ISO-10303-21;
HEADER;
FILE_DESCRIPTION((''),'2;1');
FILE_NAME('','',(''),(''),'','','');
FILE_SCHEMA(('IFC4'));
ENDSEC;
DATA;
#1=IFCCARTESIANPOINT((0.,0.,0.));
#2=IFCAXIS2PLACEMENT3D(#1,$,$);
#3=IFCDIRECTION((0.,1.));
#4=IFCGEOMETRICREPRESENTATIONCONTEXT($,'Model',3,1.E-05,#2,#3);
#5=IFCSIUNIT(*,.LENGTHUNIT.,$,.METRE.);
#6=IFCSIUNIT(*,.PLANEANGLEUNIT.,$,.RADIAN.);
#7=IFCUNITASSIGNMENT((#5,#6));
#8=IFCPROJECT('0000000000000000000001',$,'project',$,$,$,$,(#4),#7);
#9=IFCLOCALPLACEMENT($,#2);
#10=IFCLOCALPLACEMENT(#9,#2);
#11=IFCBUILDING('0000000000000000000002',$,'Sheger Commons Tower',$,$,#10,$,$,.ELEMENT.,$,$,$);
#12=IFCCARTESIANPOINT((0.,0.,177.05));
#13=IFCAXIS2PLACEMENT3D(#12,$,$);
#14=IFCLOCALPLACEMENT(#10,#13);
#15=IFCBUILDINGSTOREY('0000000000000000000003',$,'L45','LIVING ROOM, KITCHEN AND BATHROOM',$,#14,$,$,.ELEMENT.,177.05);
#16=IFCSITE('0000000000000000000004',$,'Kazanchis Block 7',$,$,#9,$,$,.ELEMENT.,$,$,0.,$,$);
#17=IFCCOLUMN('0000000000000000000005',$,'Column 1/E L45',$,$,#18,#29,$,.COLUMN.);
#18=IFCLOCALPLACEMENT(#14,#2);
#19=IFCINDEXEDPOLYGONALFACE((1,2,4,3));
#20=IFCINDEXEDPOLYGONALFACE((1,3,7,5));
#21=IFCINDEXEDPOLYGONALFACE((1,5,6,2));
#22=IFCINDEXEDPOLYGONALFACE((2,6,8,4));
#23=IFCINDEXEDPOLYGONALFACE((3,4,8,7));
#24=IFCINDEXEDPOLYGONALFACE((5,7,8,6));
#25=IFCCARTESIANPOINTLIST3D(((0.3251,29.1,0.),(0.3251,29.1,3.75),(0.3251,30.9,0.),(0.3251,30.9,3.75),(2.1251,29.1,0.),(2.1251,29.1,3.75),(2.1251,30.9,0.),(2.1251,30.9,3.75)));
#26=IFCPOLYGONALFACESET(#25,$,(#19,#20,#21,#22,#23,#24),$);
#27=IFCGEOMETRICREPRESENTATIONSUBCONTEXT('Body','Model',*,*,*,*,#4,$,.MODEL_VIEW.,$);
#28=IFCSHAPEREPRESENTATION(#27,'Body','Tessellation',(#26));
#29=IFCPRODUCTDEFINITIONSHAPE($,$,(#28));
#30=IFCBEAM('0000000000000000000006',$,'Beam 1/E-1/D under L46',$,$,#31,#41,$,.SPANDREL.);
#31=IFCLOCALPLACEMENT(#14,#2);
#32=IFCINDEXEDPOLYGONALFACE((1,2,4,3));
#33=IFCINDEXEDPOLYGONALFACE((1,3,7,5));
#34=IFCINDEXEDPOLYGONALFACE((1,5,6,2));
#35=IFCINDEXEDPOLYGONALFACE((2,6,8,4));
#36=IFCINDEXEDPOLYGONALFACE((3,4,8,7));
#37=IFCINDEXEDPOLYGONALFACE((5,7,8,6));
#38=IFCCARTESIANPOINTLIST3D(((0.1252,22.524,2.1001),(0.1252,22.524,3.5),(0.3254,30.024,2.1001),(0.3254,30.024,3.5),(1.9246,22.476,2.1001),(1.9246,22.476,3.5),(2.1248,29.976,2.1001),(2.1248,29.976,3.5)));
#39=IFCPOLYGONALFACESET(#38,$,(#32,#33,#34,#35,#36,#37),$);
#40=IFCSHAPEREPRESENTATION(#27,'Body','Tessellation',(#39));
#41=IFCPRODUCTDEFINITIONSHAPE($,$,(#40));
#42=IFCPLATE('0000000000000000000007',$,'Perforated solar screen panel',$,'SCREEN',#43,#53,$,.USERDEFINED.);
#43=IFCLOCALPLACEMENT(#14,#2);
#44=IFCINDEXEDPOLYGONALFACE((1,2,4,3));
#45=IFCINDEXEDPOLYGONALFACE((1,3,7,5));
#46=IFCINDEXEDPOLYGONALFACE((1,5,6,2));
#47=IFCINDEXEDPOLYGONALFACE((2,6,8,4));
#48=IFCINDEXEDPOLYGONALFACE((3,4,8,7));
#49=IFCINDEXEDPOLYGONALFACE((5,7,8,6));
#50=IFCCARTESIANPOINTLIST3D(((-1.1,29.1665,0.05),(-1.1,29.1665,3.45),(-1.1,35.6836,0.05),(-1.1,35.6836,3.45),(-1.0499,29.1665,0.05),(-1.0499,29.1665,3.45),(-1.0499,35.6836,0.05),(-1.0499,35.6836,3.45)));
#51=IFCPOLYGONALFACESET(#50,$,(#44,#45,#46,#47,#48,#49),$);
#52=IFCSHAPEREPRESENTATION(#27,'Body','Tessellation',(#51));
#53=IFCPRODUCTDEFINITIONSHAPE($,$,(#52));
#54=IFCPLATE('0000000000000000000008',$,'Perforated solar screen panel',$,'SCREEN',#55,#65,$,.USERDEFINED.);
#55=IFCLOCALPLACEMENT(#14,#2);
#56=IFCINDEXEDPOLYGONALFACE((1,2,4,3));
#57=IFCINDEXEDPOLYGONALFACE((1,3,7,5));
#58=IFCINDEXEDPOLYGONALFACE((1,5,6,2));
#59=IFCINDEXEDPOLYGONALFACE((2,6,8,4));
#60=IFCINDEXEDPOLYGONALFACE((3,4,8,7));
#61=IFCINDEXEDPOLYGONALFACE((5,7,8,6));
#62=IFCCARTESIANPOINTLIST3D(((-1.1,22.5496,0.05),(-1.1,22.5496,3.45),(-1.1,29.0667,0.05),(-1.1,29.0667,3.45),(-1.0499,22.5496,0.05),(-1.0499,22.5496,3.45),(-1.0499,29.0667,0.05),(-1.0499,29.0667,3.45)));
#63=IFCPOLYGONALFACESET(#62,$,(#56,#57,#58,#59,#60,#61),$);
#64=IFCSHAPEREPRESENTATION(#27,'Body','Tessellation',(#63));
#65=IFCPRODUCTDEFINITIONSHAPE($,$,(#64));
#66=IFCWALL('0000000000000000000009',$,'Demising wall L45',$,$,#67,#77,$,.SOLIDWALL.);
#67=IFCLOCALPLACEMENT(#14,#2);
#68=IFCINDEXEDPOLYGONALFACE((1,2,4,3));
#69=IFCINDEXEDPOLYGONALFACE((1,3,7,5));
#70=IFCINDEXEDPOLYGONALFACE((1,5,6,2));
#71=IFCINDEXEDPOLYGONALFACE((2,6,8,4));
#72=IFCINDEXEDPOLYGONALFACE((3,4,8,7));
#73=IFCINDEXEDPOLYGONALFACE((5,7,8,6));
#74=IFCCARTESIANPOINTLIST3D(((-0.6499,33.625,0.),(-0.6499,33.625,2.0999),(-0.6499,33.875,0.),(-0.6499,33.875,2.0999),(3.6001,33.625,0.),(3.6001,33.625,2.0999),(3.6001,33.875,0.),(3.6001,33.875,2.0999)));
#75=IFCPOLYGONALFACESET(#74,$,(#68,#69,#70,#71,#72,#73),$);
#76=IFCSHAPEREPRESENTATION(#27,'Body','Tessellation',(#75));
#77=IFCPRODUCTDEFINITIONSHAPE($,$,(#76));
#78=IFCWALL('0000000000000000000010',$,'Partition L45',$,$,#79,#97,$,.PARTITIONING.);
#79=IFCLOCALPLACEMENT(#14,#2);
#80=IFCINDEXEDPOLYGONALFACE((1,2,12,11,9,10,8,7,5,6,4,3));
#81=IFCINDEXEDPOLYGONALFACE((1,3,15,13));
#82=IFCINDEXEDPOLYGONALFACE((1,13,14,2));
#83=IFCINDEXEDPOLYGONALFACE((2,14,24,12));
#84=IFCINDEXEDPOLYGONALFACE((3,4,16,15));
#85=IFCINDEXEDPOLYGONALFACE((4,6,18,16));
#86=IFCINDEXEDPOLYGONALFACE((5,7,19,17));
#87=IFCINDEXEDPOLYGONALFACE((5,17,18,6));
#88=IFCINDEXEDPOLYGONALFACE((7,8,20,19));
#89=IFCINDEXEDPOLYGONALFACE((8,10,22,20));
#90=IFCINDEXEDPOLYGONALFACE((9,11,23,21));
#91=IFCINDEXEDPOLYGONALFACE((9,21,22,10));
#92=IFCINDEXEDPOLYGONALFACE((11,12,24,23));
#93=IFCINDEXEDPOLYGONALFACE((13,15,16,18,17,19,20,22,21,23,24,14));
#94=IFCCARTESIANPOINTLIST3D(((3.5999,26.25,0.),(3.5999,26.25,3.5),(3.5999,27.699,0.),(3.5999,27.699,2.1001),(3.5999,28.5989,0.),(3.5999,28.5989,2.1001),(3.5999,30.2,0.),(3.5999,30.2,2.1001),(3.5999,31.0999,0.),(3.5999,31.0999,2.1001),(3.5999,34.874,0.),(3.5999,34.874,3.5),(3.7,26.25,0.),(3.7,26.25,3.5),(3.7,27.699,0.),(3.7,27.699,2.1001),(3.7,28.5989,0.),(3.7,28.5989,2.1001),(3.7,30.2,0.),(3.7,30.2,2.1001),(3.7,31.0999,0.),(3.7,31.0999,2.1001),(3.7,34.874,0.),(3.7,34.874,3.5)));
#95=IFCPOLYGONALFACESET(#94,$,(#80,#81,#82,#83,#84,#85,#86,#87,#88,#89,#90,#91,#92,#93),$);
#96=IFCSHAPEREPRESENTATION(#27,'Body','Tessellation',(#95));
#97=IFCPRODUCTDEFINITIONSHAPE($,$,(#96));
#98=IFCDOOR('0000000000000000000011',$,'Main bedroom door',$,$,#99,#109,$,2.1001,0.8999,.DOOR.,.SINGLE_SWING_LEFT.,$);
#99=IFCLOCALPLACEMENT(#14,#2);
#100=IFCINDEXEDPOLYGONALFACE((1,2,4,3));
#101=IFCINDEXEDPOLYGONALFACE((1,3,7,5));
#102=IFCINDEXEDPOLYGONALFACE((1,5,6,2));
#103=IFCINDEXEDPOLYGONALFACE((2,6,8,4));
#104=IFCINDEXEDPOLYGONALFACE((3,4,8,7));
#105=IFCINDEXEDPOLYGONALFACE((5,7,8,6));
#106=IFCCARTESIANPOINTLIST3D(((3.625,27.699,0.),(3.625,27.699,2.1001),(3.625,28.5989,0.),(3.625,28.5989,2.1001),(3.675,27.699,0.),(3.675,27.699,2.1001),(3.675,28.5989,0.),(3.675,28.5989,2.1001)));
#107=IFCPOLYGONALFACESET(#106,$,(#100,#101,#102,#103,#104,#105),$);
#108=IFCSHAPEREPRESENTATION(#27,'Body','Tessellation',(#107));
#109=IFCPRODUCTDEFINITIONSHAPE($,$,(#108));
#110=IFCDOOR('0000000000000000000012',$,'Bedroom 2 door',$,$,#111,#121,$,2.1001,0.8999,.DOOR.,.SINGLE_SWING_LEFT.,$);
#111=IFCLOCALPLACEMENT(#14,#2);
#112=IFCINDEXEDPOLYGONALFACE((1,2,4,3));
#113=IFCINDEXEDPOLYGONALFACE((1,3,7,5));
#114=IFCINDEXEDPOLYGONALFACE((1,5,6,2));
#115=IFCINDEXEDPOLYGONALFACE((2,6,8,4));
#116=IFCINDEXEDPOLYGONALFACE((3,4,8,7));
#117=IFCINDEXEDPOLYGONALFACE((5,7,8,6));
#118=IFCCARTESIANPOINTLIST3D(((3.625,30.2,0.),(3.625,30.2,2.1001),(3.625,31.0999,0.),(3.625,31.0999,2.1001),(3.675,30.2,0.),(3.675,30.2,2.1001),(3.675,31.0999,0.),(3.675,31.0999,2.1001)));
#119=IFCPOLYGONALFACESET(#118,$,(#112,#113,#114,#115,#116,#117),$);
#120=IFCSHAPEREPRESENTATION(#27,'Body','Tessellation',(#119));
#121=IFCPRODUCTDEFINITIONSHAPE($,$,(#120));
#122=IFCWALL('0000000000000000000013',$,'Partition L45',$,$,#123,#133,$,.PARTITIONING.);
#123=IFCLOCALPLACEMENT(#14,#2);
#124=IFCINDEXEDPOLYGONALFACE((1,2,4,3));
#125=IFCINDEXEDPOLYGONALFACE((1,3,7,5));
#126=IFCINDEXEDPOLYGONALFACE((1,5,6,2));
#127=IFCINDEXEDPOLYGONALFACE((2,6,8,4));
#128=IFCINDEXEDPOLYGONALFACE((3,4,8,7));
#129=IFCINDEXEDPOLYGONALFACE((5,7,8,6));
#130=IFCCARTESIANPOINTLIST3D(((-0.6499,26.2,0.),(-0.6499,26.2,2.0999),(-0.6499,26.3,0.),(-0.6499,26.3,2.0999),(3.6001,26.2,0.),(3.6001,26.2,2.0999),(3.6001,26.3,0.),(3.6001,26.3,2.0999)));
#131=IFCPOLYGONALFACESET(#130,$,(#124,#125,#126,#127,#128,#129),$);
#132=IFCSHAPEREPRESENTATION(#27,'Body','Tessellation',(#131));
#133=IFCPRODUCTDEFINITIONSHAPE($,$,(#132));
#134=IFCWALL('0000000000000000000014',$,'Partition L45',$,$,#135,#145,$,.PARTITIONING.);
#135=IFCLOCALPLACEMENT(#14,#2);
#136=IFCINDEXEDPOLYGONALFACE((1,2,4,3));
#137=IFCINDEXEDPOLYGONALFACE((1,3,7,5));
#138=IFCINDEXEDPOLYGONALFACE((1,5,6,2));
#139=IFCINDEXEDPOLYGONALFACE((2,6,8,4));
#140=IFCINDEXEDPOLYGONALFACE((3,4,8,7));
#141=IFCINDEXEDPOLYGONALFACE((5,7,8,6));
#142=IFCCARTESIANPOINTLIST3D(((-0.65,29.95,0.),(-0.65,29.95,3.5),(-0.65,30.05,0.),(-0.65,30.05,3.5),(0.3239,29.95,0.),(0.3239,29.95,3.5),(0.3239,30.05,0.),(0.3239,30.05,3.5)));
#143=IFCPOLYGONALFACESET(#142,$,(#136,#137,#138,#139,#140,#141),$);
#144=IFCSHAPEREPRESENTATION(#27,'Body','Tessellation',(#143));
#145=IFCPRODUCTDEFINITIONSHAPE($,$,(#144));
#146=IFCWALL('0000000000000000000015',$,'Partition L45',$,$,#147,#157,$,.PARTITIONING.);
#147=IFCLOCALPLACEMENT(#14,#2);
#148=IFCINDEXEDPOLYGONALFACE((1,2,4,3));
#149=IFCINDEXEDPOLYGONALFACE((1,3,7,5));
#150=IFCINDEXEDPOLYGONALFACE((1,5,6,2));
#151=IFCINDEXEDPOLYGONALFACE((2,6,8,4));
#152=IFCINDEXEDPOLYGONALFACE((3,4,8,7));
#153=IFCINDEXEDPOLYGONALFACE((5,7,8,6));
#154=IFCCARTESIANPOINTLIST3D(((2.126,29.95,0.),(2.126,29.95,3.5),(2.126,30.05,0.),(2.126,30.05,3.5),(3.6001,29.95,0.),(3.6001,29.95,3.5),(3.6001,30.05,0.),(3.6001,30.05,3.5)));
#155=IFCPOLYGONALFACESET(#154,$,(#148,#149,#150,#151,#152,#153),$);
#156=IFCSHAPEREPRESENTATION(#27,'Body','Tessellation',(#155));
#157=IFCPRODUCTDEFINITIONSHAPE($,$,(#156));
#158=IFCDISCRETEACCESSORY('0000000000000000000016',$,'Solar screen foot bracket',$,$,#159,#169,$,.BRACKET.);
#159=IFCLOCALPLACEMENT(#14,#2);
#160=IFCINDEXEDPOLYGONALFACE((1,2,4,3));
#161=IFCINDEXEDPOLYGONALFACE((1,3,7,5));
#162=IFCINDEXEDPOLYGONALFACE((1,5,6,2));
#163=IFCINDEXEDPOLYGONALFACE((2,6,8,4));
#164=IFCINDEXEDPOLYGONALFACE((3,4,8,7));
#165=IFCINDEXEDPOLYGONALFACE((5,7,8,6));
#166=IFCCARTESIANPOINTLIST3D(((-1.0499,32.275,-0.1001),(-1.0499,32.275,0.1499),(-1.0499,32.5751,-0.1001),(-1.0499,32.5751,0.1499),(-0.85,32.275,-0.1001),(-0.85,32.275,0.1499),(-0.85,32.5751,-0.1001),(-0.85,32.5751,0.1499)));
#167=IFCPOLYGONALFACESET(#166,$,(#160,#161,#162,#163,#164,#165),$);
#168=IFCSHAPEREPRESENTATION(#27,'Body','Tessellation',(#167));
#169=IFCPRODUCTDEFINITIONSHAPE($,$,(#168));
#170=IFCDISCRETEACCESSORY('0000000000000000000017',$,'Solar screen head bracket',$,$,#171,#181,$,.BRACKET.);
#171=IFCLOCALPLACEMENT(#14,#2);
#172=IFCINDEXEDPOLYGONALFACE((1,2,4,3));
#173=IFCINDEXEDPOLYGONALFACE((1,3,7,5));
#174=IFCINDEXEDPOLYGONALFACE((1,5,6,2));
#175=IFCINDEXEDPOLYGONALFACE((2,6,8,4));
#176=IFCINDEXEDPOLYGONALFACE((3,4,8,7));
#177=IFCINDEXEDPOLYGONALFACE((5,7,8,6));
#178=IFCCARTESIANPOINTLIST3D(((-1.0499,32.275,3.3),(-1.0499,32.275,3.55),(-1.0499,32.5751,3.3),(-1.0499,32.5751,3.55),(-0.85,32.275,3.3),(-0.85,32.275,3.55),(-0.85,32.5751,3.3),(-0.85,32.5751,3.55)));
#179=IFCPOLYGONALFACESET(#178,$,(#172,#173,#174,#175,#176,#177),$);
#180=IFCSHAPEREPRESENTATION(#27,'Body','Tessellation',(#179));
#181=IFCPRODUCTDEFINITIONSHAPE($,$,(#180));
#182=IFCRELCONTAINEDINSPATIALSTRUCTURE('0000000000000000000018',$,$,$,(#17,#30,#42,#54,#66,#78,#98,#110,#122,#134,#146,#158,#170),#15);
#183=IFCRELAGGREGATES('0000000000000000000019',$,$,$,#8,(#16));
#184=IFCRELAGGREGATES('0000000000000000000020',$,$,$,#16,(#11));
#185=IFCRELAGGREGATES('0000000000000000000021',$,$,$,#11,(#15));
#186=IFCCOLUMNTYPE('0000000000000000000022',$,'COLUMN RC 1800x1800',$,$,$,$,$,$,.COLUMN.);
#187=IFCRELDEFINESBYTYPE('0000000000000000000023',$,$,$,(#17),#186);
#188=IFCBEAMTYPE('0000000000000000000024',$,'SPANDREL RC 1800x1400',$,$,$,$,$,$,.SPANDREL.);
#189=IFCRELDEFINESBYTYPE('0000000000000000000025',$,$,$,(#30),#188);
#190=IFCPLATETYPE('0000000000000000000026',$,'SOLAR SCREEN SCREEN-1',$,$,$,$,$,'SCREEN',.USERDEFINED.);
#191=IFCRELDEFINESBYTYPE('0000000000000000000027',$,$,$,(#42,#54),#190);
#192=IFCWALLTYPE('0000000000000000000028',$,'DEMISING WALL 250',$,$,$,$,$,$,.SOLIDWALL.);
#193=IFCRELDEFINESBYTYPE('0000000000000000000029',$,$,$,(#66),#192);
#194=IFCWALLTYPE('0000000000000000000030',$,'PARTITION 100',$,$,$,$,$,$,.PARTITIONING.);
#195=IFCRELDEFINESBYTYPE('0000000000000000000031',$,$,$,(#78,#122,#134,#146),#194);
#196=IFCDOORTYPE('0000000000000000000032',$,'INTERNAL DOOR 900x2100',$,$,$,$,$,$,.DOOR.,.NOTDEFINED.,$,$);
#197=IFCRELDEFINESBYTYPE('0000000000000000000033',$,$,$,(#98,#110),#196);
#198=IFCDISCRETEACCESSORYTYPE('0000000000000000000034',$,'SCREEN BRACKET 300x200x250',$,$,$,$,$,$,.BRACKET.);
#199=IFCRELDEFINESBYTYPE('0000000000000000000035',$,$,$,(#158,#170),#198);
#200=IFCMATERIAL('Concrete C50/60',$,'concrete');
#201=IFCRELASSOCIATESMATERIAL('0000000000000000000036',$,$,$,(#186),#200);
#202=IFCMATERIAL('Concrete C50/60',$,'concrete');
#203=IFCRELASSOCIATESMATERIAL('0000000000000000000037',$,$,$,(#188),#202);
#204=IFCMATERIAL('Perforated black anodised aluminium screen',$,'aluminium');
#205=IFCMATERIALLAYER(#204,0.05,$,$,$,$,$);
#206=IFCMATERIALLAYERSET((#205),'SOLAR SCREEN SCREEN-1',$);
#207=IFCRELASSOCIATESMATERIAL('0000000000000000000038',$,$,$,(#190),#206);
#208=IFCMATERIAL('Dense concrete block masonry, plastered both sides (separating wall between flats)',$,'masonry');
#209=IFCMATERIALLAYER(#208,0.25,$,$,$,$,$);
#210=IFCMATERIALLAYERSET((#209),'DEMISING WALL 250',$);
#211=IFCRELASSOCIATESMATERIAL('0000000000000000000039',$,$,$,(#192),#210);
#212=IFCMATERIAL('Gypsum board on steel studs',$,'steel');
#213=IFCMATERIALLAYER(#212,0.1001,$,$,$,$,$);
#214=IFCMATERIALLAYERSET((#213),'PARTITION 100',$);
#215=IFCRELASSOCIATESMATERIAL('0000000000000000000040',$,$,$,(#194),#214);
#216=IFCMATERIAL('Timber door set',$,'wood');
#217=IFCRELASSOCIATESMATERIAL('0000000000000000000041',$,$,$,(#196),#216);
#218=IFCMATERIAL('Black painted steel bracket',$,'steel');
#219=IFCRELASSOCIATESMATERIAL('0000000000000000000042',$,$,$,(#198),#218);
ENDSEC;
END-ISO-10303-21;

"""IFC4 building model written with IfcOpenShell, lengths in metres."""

from ifc_helpers import new_model, si_unit, direction, frame, frame_2d, origin, origin_2d, place, context, subcontext, project, spatial, rectangle, extrude, material, layer, layer_set, material_profile, profile_set, type_object, element, fill, save


model = new_model("IFC4")

# Units and contexts
model_context = context("Model", 3, precision=1e-05, world=origin(), true_north=direction((0.0, 1.0)))
body_context = subcontext(model_context, "Body", "Model", "MODEL_VIEW")
ifc_project = project(units=[si_unit("LENGTHUNIT", "METRE"), si_unit("PLANEANGLEUNIT", "RADIAN")], contexts=[model_context])

# Site, building, storey
site_placement = place(None, origin())
site = spatial("IfcSite", under=ifc_project, at=site_placement, Name="Kazanchis Block 7", CompositionType="ELEMENT", RefElevation=0.0)
building_placement = place(site_placement, origin())
building = spatial("IfcBuilding", under=site, at=building_placement, Name="Sheger Commons Tower", CompositionType="ELEMENT")
storey_placement = place(building_placement, frame((0.0, 0.0, 177.05)))
storey = spatial("IfcBuildingStorey", under=building, at=storey_placement, Name="L45", Description="LIVING ROOM, KITCHEN AND BATHROOM", CompositionType="ELEMENT", Elevation=177.05)

# Column
ifc_material_1 = material(Name="Concrete C50/60", Category="concrete")
ifc_material_profile_1 = material_profile(ifc_material_1, rectangle(XDim=1.8, YDim=1.8, at=origin_2d()), Name="RC 1800x1800")
ifc_profile_set_1 = profile_set([ifc_material_profile_1], Name="Concrete C50/60")
column_type = type_object("IfcColumnType", Name="COLUMN RC 1800x1800", PredefinedType="COLUMN", material=ifc_profile_set_1)
column_placement = place(storey_placement, frame((1.2251, 30.0, 0.0), z_axis=(0.0, 0.0, 1.0), x_axis=(1.0, 0.0, 0.0)))
element("IfcColumn", 1, at=column_placement, inside=storey, type_object=column_type, Name="Column 1/E L45", PredefinedType="COLUMN", context=body_context, shape_type="SweptSolid", body=[
    extrude(rectangle(XDim=1.8, YDim=1.8, at=origin_2d()), origin(), (0.0, 0.0, 1.0), 3.75),
])

# Beam
ifc_material_2 = material(Name="Concrete C50/60", Category="concrete")
ifc_material_profile_2 = material_profile(ifc_material_2, rectangle(XDim=1.8, YDim=1.3999, at=origin_2d()), Name="RC 1800x1400")
ifc_profile_set_2 = profile_set([ifc_material_profile_2], Name="Concrete C50/60")
beam_type = type_object("IfcBeamType", Name="SPANDREL RC 1800x1400", PredefinedType="SPANDREL", material=ifc_profile_set_2)
beam_placement = place(storey_placement, frame((1.2251, 30.0, 2.8), z_axis=(-0.026683, -0.999644, 0.0), x_axis=(0.999644, -0.026683, 0.0)))
element("IfcBeam", 2, at=beam_placement, inside=storey, type_object=beam_type, Name="Beam 1/E-1/D under L46", PredefinedType="SPANDREL", context=body_context, shape_type="SweptSolid", body=[
    extrude(rectangle(XDim=1.8, YDim=1.3999, at=origin_2d()), origin(), (0.0, 0.0, 1.0), 7.5027),
])

# Plates
ifc_material_3 = material(Name="Perforated black anodised aluminium screen", Category="aluminium")
ifc_layer_1 = layer(ifc_material_3, 0.05)
ifc_layer_set_1 = layer_set([ifc_layer_1], Name="SOLAR SCREEN SCREEN-1")
plate_type = type_object("IfcPlateType", Name="SOLAR SCREEN SCREEN-1", ElementType="SCREEN", PredefinedType="USERDEFINED", material=ifc_layer_set_1)
for number, where, z_axis, x_axis, name in (
    (3, (-1.075, 32.425, 0.05), (0.0, 0.0, 1.0), (0.0, -1.0, 0.0), "Perforated solar screen panel"),
    (4, (-1.075, 25.8081, 0.05), (0.0, 0.0, 1.0), (0.0, -1.0, 0.0), "Perforated solar screen panel"),
):
    element("IfcPlate", number, at=place(storey_placement, frame(where, z_axis=z_axis, x_axis=x_axis)), inside=storey, type_object=plate_type, Name=name, ObjectType="SCREEN", PredefinedType="USERDEFINED", context=body_context, shape_type="SweptSolid", body=[
        extrude(rectangle(XDim=6.5171, YDim=0.05, at=origin_2d()), origin(), (0.0, 0.0, 1.0), 3.3999),
    ])

# Wall
ifc_material_4 = material(Name="Dense concrete block masonry, plastered both sides (separating wall between flats)", Category="masonry")
ifc_layer_2 = layer(ifc_material_4, 0.25)
ifc_layer_set_2 = layer_set([ifc_layer_2], Name="DEMISING WALL 250")
wall_type_1 = type_object("IfcWallType", Name="DEMISING WALL 250", PredefinedType="SOLIDWALL", material=ifc_layer_set_2)
wall_1_placement = place(storey_placement, frame((-0.6499, 33.75, 0.0), z_axis=(0.0, 0.0, 1.0), x_axis=(1.0, 0.0, 0.0)))
element("IfcWall", 5, at=wall_1_placement, inside=storey, type_object=wall_type_1, Name="Demising wall L45", PredefinedType="SOLIDWALL", context=body_context, shape_type="SweptSolid", body=[
    extrude(rectangle(XDim=4.25, YDim=0.25, at=frame_2d((2.125, 0.0))), origin(), (0.0, 0.0, 1.0), 2.0999),
])

# Wall, openings, doors
ifc_material_5 = material(Name="Gypsum board on steel studs", Category="steel")
ifc_layer_3 = layer(ifc_material_5, 0.1001)
ifc_layer_set_3 = layer_set([ifc_layer_3], Name="PARTITION 100")
wall_type_2 = type_object("IfcWallType", Name="PARTITION 100", PredefinedType="PARTITIONING", material=ifc_layer_set_3)
wall_2_placement = place(storey_placement, frame((3.6499, 26.25, 0.0), z_axis=(0.0, 0.0, 1.0), x_axis=(0.0, 1.0, 0.0)))
wall_2 = element("IfcWall", 6, at=wall_2_placement, inside=storey, type_object=wall_type_2, Name="Partition L45", PredefinedType="PARTITIONING", context=body_context, shape_type="SweptSolid", body=[
    extrude(rectangle(XDim=8.624, YDim=0.1001, at=frame_2d((4.312, 0.0))), origin(), (0.0, 0.0, 1.0), 3.5),
])
opening_1_placement = place(wall_2_placement, frame((1.449, 0.0, 0.0)))
opening_1 = element("IfcOpeningElement", 7, at=opening_1_placement, cuts=wall_2, PredefinedType="OPENING", context=body_context, shape_type="SweptSolid", body=[
    extrude(rectangle(XDim=0.8999, YDim=2.1001, at=frame_2d((0.45, 1.05))), frame((0.0, 0.0601, 0.0), z_axis=(0.0, -1.0, 0.0), x_axis=(1.0, 0.0, 0.0)), (0.0, 0.0, 1.0), 0.1201),
])
opening_2_placement = place(wall_2_placement, frame((3.95, 0.0, 0.0)))
opening_2 = element("IfcOpeningElement", 8, at=opening_2_placement, cuts=wall_2, PredefinedType="OPENING", context=body_context, shape_type="SweptSolid", body=[
    extrude(rectangle(XDim=0.8999, YDim=2.1001, at=frame_2d((0.45, 1.05))), frame((0.0, 0.0601, 0.0), z_axis=(0.0, -1.0, 0.0), x_axis=(1.0, 0.0, 0.0)), (0.0, 0.0, 1.0), 0.1201),
])
ifc_material_6 = material(Name="Timber door set", Category="wood")
door_type = type_object("IfcDoorType", Name="INTERNAL DOOR 900x2100", OperationType="NOTDEFINED", PredefinedType="DOOR", material=ifc_material_6)
door_1_placement = place(opening_1_placement, origin())
door_1 = element("IfcDoor", 9, at=door_1_placement, inside=storey, type_object=door_type, Name="Main bedroom door", OperationType="SINGLE_SWING_LEFT", OverallHeight=2.1001, OverallWidth=0.8999, PredefinedType="DOOR", context=body_context, shape_type="SweptSolid", body=[
    extrude(rectangle(XDim=0.8999, YDim=2.1001, at=frame_2d((0.45, 1.05))), frame((0.0, 0.0249, 0.0), z_axis=(0.0, -1.0, 0.0), x_axis=(1.0, 0.0, 0.0)), (0.0, 0.0, 1.0), 0.05),
])
fill(opening_1, door_1)
door_2_placement = place(opening_2_placement, origin())
door_2 = element("IfcDoor", 10, at=door_2_placement, inside=storey, type_object=door_type, Name="Bedroom 2 door", OperationType="SINGLE_SWING_LEFT", OverallHeight=2.1001, OverallWidth=0.8999, PredefinedType="DOOR", context=body_context, shape_type="SweptSolid", body=[
    extrude(rectangle(XDim=0.8999, YDim=2.1001, at=frame_2d((0.45, 1.05))), frame((0.0, 0.0249, 0.0), z_axis=(0.0, -1.0, 0.0), x_axis=(1.0, 0.0, 0.0)), (0.0, 0.0, 1.0), 0.05),
])
fill(opening_2, door_2)

# Walls
wall_3_placement = place(storey_placement, frame((-0.6499, 26.25, 0.0), z_axis=(0.0, 0.0, 1.0), x_axis=(1.0, 0.0, 0.0)))
element("IfcWall", 11, at=wall_3_placement, inside=storey, type_object=wall_type_2, Name="Partition L45", PredefinedType="PARTITIONING", context=body_context, shape_type="SweptSolid", body=[
    extrude(rectangle(XDim=4.25, YDim=0.1001, at=frame_2d((2.125, 0.0))), origin(), (0.0, 0.0, 1.0), 2.0999),
])
wall_4_placement = place(storey_placement, frame((-0.6499, 30.0, 0.0), z_axis=(0.0, 0.0, 1.0), x_axis=(1.0, 0.0, 0.0)))
element("IfcWall", 12, at=wall_4_placement, inside=storey, type_object=wall_type_2, Name="Partition L45", PredefinedType="PARTITIONING", context=body_context, shape_type="SweptSolid", body=[
    extrude(rectangle(XDim=0.9739, YDim=0.1001, at=frame_2d((0.4868, 0.0))), origin(), (0.0, 0.0, 1.0), 3.5),
])
wall_5_placement = place(storey_placement, frame((2.126, 30.0, 0.0), z_axis=(0.0, 0.0, 1.0), x_axis=(1.0, 0.0, 0.0)))
element("IfcWall", 13, at=wall_5_placement, inside=storey, type_object=wall_type_2, Name="Partition L45", PredefinedType="PARTITIONING", context=body_context, shape_type="SweptSolid", body=[
    extrude(rectangle(XDim=1.4741, YDim=0.1001, at=frame_2d((0.7371, 0.0))), origin(), (0.0, 0.0, 1.0), 3.5),
])

# Discrete accessories
ifc_material_7 = material(Name="Black painted steel bracket", Category="steel")
discrete_accessory_type = type_object("IfcDiscreteAccessoryType", Name="SCREEN BRACKET 300x200x250", PredefinedType="BRACKET", material=ifc_material_7)
for number, where, z_axis, x_axis, name in (
    (14, (-0.95, 32.425, -0.1001), (0.0, 0.0, 1.0), (0.0, -1.0, 0.0), "Solar screen foot bracket"),
    (15, (-0.95, 32.425, 3.3), (0.0, 0.0, 1.0), (0.0, -1.0, 0.0), "Solar screen head bracket"),
):
    element("IfcDiscreteAccessory", number, at=place(storey_placement, frame(where, z_axis=z_axis, x_axis=x_axis)), inside=storey, type_object=discrete_accessory_type, Name=name, PredefinedType="BRACKET", context=body_context, shape_type="SweptSolid", body=[
        extrude(rectangle(XDim=0.3, YDim=0.2, at=origin_2d()), origin(), (0.0, 0.0, 1.0), 0.25),
    ])

save(model, "model.ifc")
